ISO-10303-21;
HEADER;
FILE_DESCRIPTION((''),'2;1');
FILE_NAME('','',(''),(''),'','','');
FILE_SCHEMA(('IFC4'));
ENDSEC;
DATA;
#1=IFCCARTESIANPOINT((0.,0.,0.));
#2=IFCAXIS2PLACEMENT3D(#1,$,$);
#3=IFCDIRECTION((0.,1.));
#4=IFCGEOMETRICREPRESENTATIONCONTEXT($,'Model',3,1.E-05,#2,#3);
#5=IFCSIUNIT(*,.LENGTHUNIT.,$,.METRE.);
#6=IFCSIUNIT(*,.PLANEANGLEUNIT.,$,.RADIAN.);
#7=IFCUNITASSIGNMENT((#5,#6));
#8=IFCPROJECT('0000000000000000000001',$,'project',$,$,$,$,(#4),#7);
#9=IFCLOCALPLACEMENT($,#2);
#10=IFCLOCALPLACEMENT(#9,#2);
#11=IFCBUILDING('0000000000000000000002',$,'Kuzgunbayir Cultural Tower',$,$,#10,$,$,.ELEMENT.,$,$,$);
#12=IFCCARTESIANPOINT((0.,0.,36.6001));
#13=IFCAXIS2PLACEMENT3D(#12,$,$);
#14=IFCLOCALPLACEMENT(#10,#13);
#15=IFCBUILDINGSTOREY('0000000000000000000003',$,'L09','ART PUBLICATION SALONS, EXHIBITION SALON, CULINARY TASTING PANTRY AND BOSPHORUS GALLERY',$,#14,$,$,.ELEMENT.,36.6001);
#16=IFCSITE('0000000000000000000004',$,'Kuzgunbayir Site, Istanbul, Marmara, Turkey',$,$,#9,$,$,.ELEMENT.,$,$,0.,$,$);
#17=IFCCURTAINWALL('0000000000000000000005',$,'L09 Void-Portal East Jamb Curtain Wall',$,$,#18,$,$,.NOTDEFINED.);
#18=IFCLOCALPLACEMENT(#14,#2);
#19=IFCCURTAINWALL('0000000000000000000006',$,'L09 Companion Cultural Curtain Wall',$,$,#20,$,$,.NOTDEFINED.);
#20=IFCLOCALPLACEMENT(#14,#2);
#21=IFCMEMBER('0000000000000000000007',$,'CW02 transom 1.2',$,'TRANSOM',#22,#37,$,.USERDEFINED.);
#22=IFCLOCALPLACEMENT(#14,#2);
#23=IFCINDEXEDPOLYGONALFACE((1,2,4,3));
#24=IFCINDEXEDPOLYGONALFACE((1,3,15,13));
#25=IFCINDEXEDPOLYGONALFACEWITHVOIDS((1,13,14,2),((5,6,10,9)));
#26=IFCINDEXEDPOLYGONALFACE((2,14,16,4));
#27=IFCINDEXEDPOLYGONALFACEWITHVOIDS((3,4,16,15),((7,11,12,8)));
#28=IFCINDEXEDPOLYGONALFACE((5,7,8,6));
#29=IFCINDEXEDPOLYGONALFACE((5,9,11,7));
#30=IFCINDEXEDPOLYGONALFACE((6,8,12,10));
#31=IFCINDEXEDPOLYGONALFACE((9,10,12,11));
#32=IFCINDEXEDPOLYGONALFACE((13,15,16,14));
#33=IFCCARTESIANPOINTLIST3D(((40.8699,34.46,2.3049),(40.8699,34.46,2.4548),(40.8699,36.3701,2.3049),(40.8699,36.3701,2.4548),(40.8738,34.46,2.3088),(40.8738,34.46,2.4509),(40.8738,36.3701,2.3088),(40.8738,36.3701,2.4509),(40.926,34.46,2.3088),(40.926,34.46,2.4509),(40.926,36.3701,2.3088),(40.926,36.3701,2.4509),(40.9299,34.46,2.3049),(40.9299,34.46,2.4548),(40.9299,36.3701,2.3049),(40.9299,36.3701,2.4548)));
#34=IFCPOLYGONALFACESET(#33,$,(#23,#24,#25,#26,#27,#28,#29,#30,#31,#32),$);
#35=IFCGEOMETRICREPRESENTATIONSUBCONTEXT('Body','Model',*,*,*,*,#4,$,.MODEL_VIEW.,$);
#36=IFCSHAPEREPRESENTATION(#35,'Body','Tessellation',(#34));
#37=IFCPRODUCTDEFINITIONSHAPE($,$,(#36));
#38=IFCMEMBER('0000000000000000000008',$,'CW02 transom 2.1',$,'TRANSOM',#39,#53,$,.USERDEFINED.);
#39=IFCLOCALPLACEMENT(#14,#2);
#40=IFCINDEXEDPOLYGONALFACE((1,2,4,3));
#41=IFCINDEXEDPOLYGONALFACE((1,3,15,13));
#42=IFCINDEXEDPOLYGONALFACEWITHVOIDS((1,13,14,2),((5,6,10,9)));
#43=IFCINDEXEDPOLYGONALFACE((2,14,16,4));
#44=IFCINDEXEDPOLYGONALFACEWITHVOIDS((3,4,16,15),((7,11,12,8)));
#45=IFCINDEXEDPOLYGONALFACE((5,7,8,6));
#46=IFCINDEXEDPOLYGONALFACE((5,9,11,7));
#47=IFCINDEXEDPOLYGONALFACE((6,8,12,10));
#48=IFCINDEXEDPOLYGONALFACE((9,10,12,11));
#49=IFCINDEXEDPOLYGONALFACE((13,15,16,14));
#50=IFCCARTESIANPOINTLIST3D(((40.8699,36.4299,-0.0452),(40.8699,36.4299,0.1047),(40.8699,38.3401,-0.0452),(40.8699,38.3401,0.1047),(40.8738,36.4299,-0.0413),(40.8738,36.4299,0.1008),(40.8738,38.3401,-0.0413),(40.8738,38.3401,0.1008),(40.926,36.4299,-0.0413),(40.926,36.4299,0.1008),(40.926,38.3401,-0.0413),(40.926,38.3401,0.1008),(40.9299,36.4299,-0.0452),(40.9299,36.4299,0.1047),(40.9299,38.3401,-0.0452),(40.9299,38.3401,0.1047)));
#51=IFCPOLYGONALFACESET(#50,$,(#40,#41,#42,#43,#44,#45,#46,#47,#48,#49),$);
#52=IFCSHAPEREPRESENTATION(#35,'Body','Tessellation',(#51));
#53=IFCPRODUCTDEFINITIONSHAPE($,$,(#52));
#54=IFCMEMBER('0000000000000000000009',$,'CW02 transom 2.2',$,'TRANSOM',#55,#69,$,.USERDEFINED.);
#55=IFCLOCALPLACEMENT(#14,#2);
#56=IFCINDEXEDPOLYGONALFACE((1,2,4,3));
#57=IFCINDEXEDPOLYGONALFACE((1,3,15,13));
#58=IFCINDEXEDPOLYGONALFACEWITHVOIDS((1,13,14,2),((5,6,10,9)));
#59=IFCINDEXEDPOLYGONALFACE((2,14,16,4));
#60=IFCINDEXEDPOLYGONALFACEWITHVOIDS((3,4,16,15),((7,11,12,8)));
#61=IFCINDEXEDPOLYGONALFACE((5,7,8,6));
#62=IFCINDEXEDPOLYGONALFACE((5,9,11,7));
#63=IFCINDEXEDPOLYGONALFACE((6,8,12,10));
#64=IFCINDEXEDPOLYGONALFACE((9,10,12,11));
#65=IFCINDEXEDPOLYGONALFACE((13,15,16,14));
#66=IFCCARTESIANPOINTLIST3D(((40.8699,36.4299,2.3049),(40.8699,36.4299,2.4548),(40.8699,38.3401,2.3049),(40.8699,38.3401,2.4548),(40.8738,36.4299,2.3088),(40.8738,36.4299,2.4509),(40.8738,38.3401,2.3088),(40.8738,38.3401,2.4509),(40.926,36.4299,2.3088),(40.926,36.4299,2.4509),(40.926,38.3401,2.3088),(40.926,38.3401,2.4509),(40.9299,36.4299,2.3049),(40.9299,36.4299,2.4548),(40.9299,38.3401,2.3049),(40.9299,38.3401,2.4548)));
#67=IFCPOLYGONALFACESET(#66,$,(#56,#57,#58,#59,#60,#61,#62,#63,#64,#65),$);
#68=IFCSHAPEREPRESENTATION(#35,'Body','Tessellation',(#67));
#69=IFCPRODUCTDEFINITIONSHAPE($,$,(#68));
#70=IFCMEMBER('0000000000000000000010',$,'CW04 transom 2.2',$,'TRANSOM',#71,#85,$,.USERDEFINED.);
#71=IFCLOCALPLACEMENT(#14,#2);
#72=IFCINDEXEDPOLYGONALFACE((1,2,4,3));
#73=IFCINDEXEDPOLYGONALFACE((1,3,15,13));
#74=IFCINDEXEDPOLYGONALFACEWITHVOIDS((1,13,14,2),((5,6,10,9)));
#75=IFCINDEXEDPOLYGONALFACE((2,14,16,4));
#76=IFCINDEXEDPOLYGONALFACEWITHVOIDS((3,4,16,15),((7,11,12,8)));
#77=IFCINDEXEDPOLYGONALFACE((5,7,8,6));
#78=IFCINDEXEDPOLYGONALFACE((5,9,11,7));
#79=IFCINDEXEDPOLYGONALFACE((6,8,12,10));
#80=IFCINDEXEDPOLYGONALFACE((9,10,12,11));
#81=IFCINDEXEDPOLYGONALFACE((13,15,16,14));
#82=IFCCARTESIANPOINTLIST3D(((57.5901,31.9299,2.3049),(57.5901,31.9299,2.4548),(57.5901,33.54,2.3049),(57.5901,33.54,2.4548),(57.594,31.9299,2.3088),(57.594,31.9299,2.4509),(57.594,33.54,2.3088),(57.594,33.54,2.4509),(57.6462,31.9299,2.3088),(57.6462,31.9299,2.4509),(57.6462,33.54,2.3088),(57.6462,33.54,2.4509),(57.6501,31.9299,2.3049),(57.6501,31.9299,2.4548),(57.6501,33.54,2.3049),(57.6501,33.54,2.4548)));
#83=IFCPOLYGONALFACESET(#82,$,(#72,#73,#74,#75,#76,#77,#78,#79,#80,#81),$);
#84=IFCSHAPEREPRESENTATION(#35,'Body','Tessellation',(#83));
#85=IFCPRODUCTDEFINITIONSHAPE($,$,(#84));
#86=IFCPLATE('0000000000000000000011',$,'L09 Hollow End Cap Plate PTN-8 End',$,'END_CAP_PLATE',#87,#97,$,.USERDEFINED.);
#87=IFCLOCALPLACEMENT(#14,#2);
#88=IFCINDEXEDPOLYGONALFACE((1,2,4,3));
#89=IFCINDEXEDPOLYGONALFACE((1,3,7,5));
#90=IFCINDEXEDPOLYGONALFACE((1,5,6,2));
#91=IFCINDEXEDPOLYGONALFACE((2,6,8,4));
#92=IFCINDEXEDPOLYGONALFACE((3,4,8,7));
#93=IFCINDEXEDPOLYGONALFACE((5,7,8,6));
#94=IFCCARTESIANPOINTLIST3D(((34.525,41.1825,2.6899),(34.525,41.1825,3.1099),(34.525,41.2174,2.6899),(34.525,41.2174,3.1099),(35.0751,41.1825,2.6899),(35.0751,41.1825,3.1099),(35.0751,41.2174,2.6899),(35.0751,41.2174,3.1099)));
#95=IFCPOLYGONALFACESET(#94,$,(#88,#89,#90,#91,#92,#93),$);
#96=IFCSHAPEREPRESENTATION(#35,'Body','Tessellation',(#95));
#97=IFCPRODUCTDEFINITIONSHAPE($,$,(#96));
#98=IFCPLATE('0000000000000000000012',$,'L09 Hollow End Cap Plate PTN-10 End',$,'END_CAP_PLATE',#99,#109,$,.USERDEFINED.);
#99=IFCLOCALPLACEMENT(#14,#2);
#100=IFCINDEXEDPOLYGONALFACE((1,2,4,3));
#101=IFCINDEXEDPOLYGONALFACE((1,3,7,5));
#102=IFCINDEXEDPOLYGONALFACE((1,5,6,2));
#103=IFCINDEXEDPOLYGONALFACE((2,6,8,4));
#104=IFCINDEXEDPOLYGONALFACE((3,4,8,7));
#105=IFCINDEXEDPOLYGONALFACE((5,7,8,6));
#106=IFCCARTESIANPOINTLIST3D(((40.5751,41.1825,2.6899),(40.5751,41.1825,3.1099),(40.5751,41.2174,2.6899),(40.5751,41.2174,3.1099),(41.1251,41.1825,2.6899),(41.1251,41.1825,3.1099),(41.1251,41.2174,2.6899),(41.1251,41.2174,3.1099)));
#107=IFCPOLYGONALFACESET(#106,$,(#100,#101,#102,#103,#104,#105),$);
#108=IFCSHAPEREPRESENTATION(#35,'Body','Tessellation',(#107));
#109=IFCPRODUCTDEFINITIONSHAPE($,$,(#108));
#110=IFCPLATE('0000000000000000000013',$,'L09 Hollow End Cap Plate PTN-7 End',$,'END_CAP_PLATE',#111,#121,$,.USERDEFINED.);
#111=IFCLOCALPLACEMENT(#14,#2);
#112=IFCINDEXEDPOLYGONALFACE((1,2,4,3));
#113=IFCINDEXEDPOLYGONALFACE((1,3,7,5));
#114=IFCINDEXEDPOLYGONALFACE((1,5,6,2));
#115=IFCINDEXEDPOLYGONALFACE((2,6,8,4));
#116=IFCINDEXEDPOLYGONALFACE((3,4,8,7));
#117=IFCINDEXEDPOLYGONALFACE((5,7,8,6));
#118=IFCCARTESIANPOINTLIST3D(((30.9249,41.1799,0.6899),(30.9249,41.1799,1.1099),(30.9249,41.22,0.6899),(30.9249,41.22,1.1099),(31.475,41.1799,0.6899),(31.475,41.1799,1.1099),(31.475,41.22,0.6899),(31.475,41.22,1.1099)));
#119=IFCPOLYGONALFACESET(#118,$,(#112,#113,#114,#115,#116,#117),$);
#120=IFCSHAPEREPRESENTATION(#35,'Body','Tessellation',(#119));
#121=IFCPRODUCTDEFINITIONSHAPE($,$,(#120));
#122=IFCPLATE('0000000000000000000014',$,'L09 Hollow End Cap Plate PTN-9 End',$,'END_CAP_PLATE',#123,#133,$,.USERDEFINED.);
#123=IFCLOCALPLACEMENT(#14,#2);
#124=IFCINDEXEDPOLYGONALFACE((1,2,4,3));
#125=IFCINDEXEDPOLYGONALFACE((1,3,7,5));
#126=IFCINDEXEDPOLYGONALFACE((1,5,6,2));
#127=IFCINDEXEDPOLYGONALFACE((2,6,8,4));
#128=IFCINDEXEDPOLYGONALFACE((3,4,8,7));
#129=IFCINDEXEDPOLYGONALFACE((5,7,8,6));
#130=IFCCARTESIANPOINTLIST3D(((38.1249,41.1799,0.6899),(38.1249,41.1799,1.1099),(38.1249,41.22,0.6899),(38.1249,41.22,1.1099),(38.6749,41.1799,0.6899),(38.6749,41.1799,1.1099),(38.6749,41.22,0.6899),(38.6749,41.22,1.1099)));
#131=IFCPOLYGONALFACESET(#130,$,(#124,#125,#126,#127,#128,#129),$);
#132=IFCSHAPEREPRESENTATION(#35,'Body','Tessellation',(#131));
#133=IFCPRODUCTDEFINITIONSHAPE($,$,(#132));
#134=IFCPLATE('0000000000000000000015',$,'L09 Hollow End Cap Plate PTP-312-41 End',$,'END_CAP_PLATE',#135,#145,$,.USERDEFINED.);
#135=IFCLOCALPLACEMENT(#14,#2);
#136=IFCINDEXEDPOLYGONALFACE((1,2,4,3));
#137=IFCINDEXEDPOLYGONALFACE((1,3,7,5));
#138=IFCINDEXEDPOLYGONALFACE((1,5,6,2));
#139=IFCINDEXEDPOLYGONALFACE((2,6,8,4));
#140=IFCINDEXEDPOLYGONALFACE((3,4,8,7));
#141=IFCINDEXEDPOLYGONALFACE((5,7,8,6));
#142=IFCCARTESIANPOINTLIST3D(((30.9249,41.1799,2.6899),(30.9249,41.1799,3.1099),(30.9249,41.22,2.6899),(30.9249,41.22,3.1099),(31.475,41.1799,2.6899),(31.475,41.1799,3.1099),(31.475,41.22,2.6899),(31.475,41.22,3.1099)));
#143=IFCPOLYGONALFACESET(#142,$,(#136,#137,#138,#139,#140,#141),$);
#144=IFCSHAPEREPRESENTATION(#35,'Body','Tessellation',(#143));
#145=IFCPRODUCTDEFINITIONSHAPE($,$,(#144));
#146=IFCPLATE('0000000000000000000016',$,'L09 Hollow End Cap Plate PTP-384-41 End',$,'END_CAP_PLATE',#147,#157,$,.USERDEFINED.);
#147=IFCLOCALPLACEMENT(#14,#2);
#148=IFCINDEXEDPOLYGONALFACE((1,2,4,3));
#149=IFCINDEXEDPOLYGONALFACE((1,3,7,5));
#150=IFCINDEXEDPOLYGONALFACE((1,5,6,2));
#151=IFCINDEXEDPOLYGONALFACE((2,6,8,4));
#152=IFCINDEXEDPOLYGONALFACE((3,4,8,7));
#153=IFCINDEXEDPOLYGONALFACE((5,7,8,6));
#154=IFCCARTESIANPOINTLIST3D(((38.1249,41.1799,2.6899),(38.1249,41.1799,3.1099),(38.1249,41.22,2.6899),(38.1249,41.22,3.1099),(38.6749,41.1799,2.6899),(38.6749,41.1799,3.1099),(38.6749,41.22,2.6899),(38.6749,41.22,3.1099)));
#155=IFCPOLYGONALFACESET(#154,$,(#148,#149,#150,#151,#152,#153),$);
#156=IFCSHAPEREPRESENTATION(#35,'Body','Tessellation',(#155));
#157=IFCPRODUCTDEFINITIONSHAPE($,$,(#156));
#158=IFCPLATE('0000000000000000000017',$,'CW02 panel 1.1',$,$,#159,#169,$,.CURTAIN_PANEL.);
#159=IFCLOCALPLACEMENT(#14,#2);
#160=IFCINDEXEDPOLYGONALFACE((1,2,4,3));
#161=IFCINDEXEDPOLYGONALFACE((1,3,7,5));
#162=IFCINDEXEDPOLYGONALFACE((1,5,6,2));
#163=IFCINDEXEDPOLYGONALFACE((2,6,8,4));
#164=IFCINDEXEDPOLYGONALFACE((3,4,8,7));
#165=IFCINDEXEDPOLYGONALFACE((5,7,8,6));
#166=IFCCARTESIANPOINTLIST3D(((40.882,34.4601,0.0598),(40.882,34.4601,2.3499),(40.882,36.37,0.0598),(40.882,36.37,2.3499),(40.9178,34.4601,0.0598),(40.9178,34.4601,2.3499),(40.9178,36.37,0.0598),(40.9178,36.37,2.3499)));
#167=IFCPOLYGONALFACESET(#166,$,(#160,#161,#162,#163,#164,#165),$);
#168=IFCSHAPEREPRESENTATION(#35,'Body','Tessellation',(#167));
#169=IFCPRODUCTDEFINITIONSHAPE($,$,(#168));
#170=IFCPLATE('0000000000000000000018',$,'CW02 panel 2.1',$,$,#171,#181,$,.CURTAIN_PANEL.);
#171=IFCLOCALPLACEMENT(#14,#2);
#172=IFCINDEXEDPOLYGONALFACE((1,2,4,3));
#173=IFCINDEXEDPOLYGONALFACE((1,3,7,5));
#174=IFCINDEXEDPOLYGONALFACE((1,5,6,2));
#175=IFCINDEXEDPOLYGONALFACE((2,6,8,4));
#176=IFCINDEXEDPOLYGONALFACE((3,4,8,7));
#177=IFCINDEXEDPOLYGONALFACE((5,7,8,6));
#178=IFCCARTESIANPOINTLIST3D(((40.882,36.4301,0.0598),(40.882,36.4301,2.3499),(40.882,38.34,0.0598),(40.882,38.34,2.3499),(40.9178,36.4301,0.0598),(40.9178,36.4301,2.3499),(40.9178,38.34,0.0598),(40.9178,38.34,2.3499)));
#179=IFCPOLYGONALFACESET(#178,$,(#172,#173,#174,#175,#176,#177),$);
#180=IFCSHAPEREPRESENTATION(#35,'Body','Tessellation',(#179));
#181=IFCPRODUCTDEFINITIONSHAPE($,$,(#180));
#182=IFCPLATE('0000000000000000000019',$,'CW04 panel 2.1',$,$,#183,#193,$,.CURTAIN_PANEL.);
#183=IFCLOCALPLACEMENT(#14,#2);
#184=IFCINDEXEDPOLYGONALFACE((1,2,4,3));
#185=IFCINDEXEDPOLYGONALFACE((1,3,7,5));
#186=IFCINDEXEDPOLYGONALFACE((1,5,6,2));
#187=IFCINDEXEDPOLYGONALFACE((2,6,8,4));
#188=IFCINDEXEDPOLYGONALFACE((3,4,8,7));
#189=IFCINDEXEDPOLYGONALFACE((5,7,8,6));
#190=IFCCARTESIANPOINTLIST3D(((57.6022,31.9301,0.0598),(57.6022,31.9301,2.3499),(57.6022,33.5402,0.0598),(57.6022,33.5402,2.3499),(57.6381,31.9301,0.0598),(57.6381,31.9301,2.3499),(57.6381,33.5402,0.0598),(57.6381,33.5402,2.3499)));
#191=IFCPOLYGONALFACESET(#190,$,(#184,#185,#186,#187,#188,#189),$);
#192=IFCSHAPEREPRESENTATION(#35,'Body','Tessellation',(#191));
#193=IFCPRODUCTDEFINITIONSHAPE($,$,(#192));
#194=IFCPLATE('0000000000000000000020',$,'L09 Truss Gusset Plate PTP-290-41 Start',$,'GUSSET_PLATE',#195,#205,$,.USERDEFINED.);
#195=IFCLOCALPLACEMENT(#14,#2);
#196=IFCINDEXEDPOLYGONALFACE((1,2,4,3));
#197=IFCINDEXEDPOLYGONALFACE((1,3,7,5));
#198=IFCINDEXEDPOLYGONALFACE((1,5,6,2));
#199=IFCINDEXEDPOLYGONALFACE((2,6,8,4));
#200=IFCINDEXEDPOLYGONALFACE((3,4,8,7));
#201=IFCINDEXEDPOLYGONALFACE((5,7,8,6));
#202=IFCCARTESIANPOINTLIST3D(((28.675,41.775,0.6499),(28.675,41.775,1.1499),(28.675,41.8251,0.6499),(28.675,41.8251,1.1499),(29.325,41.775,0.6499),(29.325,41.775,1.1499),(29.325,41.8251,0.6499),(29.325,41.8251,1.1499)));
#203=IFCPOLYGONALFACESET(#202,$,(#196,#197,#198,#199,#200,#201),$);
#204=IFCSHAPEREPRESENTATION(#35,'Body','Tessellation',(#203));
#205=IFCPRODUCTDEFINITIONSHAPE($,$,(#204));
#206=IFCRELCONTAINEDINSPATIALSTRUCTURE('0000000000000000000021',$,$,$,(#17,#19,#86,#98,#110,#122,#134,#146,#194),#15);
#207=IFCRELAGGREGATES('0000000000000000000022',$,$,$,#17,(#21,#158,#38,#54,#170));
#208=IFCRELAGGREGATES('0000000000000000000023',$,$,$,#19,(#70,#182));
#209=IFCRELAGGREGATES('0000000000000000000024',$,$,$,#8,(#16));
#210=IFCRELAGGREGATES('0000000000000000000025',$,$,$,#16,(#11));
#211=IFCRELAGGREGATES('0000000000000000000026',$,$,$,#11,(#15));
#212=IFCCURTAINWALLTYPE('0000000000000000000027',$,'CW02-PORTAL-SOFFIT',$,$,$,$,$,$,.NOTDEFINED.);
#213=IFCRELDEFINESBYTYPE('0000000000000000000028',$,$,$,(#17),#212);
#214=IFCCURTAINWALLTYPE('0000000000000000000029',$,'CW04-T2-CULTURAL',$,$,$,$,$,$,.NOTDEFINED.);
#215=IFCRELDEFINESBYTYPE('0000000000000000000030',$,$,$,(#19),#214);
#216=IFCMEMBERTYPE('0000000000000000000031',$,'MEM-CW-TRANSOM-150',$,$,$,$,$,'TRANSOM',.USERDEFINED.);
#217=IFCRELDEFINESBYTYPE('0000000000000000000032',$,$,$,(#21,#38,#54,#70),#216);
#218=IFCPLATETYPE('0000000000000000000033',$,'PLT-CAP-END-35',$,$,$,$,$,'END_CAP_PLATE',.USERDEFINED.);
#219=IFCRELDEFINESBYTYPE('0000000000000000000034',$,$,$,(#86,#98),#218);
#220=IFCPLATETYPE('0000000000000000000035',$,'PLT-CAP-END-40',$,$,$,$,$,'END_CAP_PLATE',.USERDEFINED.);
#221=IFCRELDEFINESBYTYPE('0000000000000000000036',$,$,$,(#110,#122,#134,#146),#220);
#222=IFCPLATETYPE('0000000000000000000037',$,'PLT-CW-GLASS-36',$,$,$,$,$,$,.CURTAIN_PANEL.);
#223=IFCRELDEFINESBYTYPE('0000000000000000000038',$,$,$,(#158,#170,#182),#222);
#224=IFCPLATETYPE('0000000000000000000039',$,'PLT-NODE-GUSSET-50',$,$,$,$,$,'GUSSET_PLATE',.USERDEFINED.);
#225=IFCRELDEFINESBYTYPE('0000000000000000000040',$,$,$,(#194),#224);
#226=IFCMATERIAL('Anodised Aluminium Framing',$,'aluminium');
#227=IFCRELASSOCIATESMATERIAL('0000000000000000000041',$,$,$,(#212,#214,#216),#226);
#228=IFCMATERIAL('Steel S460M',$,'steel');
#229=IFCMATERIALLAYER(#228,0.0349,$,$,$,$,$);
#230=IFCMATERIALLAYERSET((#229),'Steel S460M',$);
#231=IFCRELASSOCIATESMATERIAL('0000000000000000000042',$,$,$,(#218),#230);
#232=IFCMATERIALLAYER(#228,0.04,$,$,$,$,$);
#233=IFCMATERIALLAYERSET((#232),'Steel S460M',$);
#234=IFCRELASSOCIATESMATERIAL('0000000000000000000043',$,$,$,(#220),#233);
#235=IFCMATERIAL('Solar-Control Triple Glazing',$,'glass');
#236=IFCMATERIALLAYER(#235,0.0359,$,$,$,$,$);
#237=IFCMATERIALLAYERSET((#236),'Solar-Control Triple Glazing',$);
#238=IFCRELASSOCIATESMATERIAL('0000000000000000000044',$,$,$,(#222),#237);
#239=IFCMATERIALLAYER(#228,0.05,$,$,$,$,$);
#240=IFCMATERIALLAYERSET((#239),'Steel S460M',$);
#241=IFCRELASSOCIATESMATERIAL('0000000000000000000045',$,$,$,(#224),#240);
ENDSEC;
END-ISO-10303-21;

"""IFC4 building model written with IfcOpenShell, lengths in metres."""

from ifc_helpers import new_model, si_unit, direction, frame, origin, origin_2d, place, context, subcontext, project, spatial, rectangle, hollow_rectangle, extrude, material, layer, layer_set, material_profile, profile_set, type_object, element, aggregate, save


model = new_model("IFC4")

# Units and contexts
model_context = context("Model", 3, precision=1e-05, world=origin(), true_north=direction((0.0, 1.0)))
body_context = subcontext(model_context, "Body", "Model", "MODEL_VIEW")
ifc_project = project(units=[si_unit("LENGTHUNIT", "METRE"), si_unit("PLANEANGLEUNIT", "RADIAN")], contexts=[model_context])

# Site, building, storey
site_placement = place(None, origin())
site = spatial("IfcSite", under=ifc_project, at=site_placement, Name="Kuzgunbayir Site, Istanbul, Marmara, Turkey", CompositionType="ELEMENT", RefElevation=0.0)
building_placement = place(site_placement, origin())
building = spatial("IfcBuilding", under=site, at=building_placement, Name="Kuzgunbayir Cultural Tower", CompositionType="ELEMENT")
storey_placement = place(building_placement, frame((0.0, 0.0, 36.6001)))
storey = spatial("IfcBuildingStorey", under=building, at=storey_placement, Name="L09", Description="ART PUBLICATION SALONS, EXHIBITION SALON, CULINARY TASTING PANTRY AND BOSPHORUS GALLERY", CompositionType="ELEMENT", Elevation=36.6001)

# Curtain wall
ifc_material_1 = material(Name="Anodised Aluminium Framing", Category="aluminium")
curtain_wall_type_1 = type_object("IfcCurtainWallType", Name="CW02-PORTAL-SOFFIT", PredefinedType="NOTDEFINED", material=ifc_material_1)
curtain_wall_1_placement = place(storey_placement, origin())
curtain_wall_1 = element("IfcCurtainWall", 1, at=curtain_wall_1_placement, inside=storey, type_object=curtain_wall_type_1, Name="L09 Void-Portal East Jamb Curtain Wall", PredefinedType="NOTDEFINED")

# Curtain wall
curtain_wall_type_2 = type_object("IfcCurtainWallType", Name="CW04-T2-CULTURAL", PredefinedType="NOTDEFINED", material=ifc_material_1)
curtain_wall_2_placement = place(storey_placement, origin())
curtain_wall_2 = element("IfcCurtainWall", 2, at=curtain_wall_2_placement, inside=storey, type_object=curtain_wall_type_2, Name="L09 Companion Cultural Curtain Wall", PredefinedType="NOTDEFINED")

# Members
ifc_material_profile_1 = material_profile(ifc_material_1, hollow_rectangle(XDim=0.0601, YDim=0.1499, WallThickness=0.0039, at=origin_2d()), Name="RHS 150x60x4")
ifc_profile_set_1 = profile_set([ifc_material_profile_1], Name="Anodised Aluminium Framing")
member_type_1 = type_object("IfcMemberType", Name="MEM-CW-TRANSOM-150", ElementType="TRANSOM", PredefinedType="USERDEFINED", material=ifc_profile_set_1)
member_1_placement = place(storey_placement, frame((40.8999, 34.46, 2.3799), z_axis=(0.0, 1.0, 0.0), x_axis=(-1.0, 0.0, 0.0)))
member_1 = element("IfcMember", 3, at=member_1_placement, type_object=member_type_1, Name="CW02 transom 1.2", ObjectType="TRANSOM", PredefinedType="USERDEFINED", context=body_context, shape_type="SweptSolid", body=[
    extrude(hollow_rectangle(XDim=0.0601, YDim=0.1499, WallThickness=0.0039, at=origin_2d()), origin(), (0.0, 0.0, 1.0), 1.9102),
])
member_2_placement = place(storey_placement, frame((40.8999, 36.4299, 0.0298), z_axis=(0.0, 1.0, 0.0), x_axis=(-1.0, 0.0, 0.0)))
member_2 = element("IfcMember", 4, at=member_2_placement, type_object=member_type_1, Name="CW02 transom 2.1", ObjectType="TRANSOM", PredefinedType="USERDEFINED", context=body_context, shape_type="SweptSolid", body=[
    extrude(hollow_rectangle(XDim=0.0601, YDim=0.1499, WallThickness=0.0039, at=origin_2d()), origin(), (0.0, 0.0, 1.0), 1.9102),
])
member_3_placement = place(storey_placement, frame((40.8999, 36.4299, 2.3799), z_axis=(0.0, 1.0, 0.0), x_axis=(-1.0, 0.0, 0.0)))
member_3 = element("IfcMember", 5, at=member_3_placement, type_object=member_type_1, Name="CW02 transom 2.2", ObjectType="TRANSOM", PredefinedType="USERDEFINED", context=body_context, shape_type="SweptSolid", body=[
    extrude(hollow_rectangle(XDim=0.0601, YDim=0.1499, WallThickness=0.0039, at=origin_2d()), origin(), (0.0, 0.0, 1.0), 1.9102),
])
member_4_placement = place(storey_placement, frame((57.6201, 31.9299, 2.3799), z_axis=(0.0, 1.0, 0.0), x_axis=(-1.0, 0.0, 0.0)))
member_4 = element("IfcMember", 6, at=member_4_placement, type_object=member_type_1, Name="CW04 transom 2.2", ObjectType="TRANSOM", PredefinedType="USERDEFINED", context=body_context, shape_type="SweptSolid", body=[
    extrude(hollow_rectangle(XDim=0.0601, YDim=0.1499, WallThickness=0.0039, at=origin_2d()), origin(), (0.0, 0.0, 1.0), 1.6101),
])

# Plates
ifc_material_2 = material(Name="Steel S460M", Category="steel")
ifc_layer_1 = layer(ifc_material_2, 0.0349)
ifc_layer_set_1 = layer_set([ifc_layer_1], Name="Steel S460M")
plate_type_1 = type_object("IfcPlateType", Name="PLT-CAP-END-35", ElementType="END_CAP_PLATE", PredefinedType="USERDEFINED", material=ifc_layer_set_1)
for number, where, z_axis, x_axis, name in (
    (7, (34.8, 41.2, 2.6899), (0.0, 0.0, 1.0), (1.0, 0.0, 0.0), "L09 Hollow End Cap Plate PTN-8 End"),
    (8, (40.8501, 41.2, 2.6899), (0.0, 0.0, 1.0), (1.0, 0.0, 0.0), "L09 Hollow End Cap Plate PTN-10 End"),
):
    element("IfcPlate", number, at=place(storey_placement, frame(where, z_axis=z_axis, x_axis=x_axis)), inside=storey, type_object=plate_type_1, Name=name, ObjectType="END_CAP_PLATE", PredefinedType="USERDEFINED", context=body_context, shape_type="SweptSolid", body=[
        extrude(rectangle(XDim=0.55, YDim=0.0349, at=origin_2d()), origin(), (0.0, 0.0, 1.0), 0.4199),
    ])
ifc_layer_2 = layer(ifc_material_2, 0.04)
ifc_layer_set_2 = layer_set([ifc_layer_2], Name="Steel S460M")
plate_type_2 = type_object("IfcPlateType", Name="PLT-CAP-END-40", ElementType="END_CAP_PLATE", PredefinedType="USERDEFINED", material=ifc_layer_set_2)
for number, where, z_axis, x_axis, name in (
    (9, (31.2, 41.2, 0.6899), (0.0, 0.0, 1.0), (1.0, 0.0, 0.0), "L09 Hollow End Cap Plate PTN-7 End"),
    (10, (38.3999, 41.2, 0.6899), (0.0, 0.0, 1.0), (1.0, 0.0, 0.0), "L09 Hollow End Cap Plate PTN-9 End"),
    (11, (31.2, 41.2, 2.6899), (0.0, 0.0, 1.0), (1.0, 0.0, 0.0), "L09 Hollow End Cap Plate PTP-312-41 End"),
    (12, (38.3999, 41.2, 2.6899), (0.0, 0.0, 1.0), (1.0, 0.0, 0.0), "L09 Hollow End Cap Plate PTP-384-41 End"),
):
    element("IfcPlate", number, at=place(storey_placement, frame(where, z_axis=z_axis, x_axis=x_axis)), inside=storey, type_object=plate_type_2, Name=name, ObjectType="END_CAP_PLATE", PredefinedType="USERDEFINED", context=body_context, shape_type="SweptSolid", body=[
        extrude(rectangle(XDim=0.55, YDim=0.04, at=origin_2d()), origin(), (0.0, 0.0, 1.0), 0.4199),
    ])

# Plates
ifc_material_3 = material(Name="Solar-Control Triple Glazing", Category="glass")
ifc_layer_3 = layer(ifc_material_3, 0.0359)
ifc_layer_set_3 = layer_set([ifc_layer_3], Name="Solar-Control Triple Glazing")
plate_type_3 = type_object("IfcPlateType", Name="PLT-CW-GLASS-36", PredefinedType="CURTAIN_PANEL", material=ifc_layer_set_3)
plate_1_placement = place(storey_placement, frame((40.8999, 35.415, 0.0598), z_axis=(0.0, 0.0, 1.0), x_axis=(0.0, 1.0, 0.0)))
plate_1 = element("IfcPlate", 13, at=plate_1_placement, type_object=plate_type_3, Name="CW02 panel 1.1", PredefinedType="CURTAIN_PANEL", context=body_context, shape_type="SweptSolid", body=[
    extrude(rectangle(XDim=1.9099, YDim=0.0359, at=origin_2d()), origin(), (0.0, 0.0, 1.0), 2.29),
])
plate_2_placement = place(storey_placement, frame((40.8999, 37.385, 0.0598), z_axis=(0.0, 0.0, 1.0), x_axis=(0.0, 1.0, 0.0)))
plate_2 = element("IfcPlate", 14, at=plate_2_placement, type_object=plate_type_3, Name="CW02 panel 2.1", PredefinedType="CURTAIN_PANEL", context=body_context, shape_type="SweptSolid", body=[
    extrude(rectangle(XDim=1.9099, YDim=0.0359, at=origin_2d()), origin(), (0.0, 0.0, 1.0), 2.29),
])
aggregate(curtain_wall_1, [member_1, plate_1, member_2, member_3, plate_2])
plate_3_placement = place(storey_placement, frame((57.6201, 32.7351, 0.0598), z_axis=(0.0, 0.0, 1.0), x_axis=(0.0, 1.0, 0.0)))
plate_3 = element("IfcPlate", 15, at=plate_3_placement, type_object=plate_type_3, Name="CW04 panel 2.1", PredefinedType="CURTAIN_PANEL", context=body_context, shape_type="SweptSolid", body=[
    extrude(rectangle(XDim=1.6101, YDim=0.0359, at=origin_2d()), origin(), (0.0, 0.0, 1.0), 2.29),
])
aggregate(curtain_wall_2, [member_4, plate_3])

# Plate
ifc_layer_4 = layer(ifc_material_2, 0.05)
ifc_layer_set_4 = layer_set([ifc_layer_4], Name="Steel S460M")
plate_type_4 = type_object("IfcPlateType", Name="PLT-NODE-GUSSET-50", ElementType="GUSSET_PLATE", PredefinedType="USERDEFINED", material=ifc_layer_set_4)
for number, where, z_axis, x_axis, name in (
    (16, (29.0, 41.8, 0.6499), (0.0, 0.0, 1.0), (1.0, 0.0, 0.0), "L09 Truss Gusset Plate PTP-290-41 Start"),
):
    element("IfcPlate", number, at=place(storey_placement, frame(where, z_axis=z_axis, x_axis=x_axis)), inside=storey, type_object=plate_type_4, Name=name, ObjectType="GUSSET_PLATE", PredefinedType="USERDEFINED", context=body_context, shape_type="SweptSolid", body=[
        extrude(rectangle(XDim=0.6499, YDim=0.05, at=origin_2d()), origin(), (0.0, 0.0, 1.0), 0.5),
    ])

save(model, "model.ifc")
